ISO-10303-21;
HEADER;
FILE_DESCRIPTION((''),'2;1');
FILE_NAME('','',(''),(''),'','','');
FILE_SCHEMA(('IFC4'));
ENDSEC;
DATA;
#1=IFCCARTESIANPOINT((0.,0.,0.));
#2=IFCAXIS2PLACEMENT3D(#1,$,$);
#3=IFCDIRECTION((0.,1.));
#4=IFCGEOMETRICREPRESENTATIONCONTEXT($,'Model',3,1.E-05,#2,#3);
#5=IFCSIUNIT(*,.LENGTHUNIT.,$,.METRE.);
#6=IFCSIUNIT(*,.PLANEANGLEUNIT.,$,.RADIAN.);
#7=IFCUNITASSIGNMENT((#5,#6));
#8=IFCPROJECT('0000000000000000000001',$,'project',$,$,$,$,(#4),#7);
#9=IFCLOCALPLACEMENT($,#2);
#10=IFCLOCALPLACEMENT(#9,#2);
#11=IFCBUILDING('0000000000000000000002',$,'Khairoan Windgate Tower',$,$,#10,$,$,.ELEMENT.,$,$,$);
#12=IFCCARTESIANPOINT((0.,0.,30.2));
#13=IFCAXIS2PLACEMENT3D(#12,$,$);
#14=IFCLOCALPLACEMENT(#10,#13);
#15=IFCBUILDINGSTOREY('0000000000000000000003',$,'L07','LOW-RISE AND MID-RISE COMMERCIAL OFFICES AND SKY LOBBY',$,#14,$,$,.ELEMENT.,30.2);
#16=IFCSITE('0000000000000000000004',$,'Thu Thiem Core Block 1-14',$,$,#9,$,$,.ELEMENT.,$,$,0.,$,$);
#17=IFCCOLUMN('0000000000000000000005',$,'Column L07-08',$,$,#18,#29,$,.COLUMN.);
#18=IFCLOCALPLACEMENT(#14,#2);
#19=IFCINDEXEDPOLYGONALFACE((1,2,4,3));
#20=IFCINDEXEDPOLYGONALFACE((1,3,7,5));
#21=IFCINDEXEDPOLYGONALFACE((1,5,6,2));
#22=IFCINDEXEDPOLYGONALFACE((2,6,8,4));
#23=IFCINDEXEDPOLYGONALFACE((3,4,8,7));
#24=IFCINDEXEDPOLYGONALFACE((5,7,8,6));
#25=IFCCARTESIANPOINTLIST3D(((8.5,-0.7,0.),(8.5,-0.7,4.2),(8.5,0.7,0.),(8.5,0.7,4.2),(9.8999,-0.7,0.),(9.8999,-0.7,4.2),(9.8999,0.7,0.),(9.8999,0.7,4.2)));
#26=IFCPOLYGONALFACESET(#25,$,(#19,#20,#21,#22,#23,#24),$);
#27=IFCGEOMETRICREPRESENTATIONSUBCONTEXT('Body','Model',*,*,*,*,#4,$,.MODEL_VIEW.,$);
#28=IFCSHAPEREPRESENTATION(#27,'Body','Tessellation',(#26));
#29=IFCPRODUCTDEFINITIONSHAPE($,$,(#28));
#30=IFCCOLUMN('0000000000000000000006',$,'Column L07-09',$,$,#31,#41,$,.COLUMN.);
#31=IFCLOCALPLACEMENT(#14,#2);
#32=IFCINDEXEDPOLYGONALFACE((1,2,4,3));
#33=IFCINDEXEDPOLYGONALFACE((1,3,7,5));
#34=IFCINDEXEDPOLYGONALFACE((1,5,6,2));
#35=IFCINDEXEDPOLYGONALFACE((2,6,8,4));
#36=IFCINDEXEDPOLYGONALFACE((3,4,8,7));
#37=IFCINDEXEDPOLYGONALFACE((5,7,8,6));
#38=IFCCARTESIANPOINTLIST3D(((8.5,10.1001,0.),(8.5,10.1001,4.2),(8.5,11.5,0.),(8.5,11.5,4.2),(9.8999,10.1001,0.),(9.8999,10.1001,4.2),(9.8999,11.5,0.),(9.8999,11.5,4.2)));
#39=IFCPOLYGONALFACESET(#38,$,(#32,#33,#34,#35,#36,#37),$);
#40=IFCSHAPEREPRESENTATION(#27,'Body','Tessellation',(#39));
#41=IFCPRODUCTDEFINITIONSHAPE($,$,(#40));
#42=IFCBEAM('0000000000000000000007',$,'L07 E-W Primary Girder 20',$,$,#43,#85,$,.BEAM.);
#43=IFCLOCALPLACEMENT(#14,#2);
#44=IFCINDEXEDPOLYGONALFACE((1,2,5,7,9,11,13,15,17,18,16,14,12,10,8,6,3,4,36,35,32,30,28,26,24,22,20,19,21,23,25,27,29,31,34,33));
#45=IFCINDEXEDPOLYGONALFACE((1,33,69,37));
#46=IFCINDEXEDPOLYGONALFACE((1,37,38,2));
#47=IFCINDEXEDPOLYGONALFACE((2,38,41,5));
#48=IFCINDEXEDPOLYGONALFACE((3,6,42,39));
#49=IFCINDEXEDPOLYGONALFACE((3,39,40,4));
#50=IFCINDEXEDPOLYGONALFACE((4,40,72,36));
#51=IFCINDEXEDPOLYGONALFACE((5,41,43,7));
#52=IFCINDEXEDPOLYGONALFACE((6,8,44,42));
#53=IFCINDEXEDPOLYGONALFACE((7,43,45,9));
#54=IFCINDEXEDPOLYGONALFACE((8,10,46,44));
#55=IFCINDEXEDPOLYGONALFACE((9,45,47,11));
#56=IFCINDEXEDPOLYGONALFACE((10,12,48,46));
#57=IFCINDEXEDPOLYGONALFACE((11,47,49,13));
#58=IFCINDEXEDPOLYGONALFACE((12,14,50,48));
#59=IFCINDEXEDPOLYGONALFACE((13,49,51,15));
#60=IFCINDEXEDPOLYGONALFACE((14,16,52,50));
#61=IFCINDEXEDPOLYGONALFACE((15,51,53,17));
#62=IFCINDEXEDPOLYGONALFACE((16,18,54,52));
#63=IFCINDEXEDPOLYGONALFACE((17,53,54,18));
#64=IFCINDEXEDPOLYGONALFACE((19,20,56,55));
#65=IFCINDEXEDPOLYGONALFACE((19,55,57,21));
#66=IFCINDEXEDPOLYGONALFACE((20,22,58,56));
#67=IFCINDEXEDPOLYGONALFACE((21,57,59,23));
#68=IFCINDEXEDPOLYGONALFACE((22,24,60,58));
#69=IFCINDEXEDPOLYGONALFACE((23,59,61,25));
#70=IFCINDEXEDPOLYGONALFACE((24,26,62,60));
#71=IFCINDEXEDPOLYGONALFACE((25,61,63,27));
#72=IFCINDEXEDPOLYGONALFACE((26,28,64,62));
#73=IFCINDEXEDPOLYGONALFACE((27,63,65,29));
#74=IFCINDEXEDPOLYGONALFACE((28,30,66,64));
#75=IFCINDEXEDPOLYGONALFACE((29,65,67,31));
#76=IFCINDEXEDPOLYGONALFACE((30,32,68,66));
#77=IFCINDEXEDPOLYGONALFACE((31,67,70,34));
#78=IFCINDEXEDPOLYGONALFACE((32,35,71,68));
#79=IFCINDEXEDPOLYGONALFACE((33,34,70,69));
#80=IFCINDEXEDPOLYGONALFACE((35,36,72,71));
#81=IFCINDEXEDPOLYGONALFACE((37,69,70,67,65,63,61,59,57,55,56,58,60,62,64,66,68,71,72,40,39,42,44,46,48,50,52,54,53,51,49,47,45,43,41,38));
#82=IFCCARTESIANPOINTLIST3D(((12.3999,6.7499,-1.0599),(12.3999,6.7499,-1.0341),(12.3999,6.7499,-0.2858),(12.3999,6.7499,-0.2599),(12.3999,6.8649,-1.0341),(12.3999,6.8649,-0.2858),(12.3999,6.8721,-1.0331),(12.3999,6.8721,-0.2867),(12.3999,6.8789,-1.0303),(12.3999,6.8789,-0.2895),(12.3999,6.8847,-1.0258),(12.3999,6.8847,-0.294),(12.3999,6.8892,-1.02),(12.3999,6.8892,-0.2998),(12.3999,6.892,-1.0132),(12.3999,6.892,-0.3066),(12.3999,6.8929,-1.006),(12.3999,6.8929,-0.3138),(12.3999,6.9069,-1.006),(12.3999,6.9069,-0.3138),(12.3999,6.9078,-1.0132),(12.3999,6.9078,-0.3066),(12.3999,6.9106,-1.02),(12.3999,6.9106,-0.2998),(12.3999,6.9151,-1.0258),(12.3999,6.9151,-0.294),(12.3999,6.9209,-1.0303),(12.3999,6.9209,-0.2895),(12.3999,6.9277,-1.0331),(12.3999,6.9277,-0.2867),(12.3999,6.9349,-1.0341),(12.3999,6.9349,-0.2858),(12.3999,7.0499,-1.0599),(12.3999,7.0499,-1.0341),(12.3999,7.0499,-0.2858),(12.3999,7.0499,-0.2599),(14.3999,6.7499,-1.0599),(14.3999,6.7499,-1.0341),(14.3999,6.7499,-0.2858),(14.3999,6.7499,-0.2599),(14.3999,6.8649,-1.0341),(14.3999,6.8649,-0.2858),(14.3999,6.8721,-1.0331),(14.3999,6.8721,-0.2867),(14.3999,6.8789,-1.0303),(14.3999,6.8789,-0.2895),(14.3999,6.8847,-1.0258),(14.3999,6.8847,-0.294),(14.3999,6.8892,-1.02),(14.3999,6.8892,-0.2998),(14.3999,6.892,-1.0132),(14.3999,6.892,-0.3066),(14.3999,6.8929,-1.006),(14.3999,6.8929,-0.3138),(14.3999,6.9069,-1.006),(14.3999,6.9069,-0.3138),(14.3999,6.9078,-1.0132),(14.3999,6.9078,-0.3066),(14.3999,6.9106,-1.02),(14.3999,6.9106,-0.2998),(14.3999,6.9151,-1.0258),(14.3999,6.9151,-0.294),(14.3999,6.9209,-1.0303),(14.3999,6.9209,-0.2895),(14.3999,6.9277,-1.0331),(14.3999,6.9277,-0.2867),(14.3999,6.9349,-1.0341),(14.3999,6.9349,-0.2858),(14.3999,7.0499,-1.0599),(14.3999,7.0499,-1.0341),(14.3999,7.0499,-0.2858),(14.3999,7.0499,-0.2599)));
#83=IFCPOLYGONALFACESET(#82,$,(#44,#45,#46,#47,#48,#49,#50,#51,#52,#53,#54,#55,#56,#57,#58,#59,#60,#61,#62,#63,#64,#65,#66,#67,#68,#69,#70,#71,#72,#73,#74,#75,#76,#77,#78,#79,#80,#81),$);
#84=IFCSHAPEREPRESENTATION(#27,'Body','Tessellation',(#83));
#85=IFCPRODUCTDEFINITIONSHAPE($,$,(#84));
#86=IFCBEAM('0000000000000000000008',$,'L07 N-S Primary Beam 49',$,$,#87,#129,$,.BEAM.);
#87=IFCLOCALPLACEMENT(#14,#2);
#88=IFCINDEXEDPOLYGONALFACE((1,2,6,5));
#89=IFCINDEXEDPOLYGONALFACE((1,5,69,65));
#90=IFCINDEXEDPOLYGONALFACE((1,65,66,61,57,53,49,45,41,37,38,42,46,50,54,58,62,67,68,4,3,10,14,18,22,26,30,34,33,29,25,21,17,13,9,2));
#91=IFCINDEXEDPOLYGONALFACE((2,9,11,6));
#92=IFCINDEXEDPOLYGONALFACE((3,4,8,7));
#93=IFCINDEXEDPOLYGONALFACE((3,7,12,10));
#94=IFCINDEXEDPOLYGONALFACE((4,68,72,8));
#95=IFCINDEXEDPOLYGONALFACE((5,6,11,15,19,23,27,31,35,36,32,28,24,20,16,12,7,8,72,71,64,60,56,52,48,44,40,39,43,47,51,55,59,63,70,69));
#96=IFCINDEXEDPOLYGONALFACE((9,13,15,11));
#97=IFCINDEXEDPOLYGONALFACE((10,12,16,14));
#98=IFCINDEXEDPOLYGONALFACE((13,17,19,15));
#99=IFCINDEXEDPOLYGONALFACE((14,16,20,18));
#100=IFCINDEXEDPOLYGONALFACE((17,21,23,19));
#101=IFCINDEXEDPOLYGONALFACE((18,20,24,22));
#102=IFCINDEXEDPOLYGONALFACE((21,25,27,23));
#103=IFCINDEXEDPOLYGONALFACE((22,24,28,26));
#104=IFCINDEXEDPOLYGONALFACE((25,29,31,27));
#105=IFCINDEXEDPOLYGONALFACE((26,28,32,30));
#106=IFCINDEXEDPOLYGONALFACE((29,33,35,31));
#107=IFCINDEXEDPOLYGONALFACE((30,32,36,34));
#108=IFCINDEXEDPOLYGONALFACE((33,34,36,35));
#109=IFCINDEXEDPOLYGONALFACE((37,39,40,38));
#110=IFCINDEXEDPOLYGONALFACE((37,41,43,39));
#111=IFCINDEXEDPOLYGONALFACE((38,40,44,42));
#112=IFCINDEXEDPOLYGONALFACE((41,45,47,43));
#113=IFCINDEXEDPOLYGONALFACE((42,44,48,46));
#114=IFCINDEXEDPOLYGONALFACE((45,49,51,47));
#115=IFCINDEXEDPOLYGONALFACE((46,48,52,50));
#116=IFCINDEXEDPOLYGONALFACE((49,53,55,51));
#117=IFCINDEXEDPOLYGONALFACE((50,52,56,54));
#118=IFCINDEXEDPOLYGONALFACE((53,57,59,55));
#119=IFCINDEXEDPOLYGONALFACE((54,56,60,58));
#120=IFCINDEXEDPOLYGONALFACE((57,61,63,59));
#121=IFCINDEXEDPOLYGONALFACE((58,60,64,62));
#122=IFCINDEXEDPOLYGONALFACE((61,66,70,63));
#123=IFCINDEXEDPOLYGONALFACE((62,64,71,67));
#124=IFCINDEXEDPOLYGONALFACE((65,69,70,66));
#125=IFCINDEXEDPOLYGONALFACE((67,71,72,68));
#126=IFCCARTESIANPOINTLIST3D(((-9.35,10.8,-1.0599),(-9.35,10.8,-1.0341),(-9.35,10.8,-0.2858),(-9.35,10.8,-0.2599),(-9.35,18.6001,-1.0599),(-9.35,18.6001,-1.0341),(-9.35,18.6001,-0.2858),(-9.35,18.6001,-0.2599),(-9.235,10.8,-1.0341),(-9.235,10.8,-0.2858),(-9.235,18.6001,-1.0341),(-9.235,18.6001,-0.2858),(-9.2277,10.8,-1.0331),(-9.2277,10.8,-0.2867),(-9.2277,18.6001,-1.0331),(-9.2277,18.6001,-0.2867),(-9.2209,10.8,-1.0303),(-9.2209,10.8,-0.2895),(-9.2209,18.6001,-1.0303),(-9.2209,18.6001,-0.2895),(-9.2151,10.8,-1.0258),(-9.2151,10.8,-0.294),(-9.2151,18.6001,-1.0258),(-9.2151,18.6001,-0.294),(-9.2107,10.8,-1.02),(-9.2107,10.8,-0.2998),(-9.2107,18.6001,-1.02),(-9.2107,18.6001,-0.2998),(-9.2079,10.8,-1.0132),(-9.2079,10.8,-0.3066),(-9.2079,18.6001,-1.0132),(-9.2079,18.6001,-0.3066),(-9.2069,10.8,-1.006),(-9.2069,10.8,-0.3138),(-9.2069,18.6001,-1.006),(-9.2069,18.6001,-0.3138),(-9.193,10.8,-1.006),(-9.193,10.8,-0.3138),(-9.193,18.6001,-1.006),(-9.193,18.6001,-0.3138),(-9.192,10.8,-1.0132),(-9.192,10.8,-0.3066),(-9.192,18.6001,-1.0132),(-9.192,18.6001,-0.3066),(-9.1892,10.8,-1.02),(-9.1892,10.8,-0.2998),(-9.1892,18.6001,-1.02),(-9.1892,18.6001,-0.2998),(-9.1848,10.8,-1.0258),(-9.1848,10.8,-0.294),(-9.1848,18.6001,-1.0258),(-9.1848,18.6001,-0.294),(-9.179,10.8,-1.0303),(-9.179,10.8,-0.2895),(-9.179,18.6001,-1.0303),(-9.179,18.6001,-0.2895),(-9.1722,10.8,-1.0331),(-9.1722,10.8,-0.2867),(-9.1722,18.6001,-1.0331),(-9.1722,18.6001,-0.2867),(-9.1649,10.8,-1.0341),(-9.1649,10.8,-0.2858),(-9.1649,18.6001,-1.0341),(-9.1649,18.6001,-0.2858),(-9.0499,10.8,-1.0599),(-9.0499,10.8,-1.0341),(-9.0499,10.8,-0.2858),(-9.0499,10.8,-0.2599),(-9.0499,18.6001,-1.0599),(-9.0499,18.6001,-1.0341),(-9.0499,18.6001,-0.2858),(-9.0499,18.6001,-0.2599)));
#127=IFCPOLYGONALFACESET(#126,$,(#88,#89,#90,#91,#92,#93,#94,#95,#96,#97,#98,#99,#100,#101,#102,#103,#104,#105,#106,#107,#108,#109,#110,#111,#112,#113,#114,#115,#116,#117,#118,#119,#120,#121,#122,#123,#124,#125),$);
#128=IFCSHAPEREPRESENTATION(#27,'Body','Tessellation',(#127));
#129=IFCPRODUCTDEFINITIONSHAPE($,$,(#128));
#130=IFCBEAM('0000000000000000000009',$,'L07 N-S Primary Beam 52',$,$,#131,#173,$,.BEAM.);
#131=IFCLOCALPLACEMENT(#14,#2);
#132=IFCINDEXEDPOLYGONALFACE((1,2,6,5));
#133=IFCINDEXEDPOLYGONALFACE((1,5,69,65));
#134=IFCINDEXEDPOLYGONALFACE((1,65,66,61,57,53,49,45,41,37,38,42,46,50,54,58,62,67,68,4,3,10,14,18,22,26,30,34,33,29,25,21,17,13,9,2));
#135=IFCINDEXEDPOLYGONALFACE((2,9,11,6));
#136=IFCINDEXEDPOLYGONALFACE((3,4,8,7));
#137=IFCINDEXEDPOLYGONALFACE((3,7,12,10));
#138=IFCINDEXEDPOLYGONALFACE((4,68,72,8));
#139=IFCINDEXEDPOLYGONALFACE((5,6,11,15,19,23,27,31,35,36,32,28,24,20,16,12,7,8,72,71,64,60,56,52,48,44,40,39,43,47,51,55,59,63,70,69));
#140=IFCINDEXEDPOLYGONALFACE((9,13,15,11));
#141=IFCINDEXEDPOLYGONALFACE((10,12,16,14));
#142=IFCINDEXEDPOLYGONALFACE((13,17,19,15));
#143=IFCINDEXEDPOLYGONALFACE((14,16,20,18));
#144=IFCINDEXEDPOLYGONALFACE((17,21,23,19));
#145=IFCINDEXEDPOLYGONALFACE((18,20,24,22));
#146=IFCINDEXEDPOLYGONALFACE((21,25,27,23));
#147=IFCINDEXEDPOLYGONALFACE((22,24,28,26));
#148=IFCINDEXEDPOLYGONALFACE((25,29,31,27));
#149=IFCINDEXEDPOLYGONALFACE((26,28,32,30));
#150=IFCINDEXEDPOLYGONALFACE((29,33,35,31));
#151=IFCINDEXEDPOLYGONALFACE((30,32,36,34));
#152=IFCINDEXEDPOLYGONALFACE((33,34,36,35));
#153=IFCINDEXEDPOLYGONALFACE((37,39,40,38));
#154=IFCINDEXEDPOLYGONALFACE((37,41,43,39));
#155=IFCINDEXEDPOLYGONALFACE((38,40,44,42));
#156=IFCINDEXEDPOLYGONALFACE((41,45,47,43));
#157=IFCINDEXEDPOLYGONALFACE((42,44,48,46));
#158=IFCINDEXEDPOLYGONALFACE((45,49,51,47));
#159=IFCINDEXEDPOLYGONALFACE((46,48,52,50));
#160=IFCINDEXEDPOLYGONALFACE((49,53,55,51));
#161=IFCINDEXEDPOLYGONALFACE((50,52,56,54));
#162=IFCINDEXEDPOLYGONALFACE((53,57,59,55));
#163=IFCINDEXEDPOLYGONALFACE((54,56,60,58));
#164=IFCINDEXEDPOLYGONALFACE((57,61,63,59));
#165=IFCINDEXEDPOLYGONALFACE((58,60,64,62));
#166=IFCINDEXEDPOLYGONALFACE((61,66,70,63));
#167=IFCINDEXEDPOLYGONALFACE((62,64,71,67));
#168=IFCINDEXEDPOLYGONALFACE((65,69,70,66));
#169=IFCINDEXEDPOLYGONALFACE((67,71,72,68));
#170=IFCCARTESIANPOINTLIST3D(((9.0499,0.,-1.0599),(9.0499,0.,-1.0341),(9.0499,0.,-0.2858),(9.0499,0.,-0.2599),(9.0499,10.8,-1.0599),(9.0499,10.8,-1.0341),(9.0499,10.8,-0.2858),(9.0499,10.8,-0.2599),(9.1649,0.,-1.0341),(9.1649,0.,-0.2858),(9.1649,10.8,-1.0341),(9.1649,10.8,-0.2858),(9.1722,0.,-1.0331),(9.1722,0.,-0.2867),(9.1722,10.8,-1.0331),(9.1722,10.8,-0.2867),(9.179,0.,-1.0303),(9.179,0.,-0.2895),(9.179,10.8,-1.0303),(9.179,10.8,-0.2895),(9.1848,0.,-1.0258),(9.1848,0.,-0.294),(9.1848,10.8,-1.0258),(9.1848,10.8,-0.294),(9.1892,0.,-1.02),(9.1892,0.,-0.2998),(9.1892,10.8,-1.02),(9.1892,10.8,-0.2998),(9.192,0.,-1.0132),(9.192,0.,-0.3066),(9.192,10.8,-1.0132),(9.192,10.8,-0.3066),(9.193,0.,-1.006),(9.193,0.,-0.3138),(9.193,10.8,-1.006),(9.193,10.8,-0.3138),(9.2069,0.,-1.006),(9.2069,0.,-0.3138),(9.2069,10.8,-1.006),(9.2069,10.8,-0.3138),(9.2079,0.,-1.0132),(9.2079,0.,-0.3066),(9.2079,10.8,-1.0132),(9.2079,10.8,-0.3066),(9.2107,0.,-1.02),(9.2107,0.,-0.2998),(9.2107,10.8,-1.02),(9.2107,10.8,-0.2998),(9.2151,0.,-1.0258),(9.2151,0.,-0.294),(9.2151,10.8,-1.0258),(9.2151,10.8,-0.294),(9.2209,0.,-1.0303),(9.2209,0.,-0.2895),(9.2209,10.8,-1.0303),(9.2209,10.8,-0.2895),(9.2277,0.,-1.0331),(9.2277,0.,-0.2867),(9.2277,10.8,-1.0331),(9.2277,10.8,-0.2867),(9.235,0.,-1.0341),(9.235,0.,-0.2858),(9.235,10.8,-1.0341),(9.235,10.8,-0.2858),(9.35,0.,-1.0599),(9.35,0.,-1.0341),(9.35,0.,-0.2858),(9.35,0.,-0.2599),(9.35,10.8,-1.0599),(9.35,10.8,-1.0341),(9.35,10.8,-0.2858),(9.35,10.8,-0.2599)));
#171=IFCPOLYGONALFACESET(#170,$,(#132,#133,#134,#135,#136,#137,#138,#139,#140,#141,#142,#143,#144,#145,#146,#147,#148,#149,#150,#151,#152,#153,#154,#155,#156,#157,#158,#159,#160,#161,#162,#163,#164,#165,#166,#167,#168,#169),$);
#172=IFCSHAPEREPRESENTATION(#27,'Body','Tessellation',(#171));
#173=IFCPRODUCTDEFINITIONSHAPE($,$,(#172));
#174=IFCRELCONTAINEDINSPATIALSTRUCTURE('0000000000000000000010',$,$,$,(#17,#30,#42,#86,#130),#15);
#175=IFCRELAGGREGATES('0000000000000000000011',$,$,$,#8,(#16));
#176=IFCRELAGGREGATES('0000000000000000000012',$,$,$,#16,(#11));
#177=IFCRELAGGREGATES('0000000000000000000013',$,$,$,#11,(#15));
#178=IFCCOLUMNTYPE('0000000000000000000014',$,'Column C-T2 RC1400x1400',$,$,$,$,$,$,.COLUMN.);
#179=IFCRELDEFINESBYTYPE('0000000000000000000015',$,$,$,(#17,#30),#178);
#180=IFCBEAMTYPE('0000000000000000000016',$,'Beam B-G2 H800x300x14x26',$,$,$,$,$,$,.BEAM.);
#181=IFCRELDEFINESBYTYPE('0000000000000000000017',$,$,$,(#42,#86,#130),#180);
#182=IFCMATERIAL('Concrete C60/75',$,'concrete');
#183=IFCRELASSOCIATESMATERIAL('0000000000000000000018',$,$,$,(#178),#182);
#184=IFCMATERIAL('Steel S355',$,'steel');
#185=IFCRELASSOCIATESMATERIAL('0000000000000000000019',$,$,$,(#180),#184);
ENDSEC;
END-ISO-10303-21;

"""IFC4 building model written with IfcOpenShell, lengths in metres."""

from ifc_helpers import new_model, si_unit, direction, frame, origin, origin_2d, place, context, subcontext, project, spatial, rectangle, i_section, extrude, material, material_profile, profile_set, type_object, element, save


model = new_model("IFC4")

# Units and contexts
model_context = context("Model", 3, precision=1e-05, world=origin(), true_north=direction((0.0, 1.0)))
body_context = subcontext(model_context, "Body", "Model", "MODEL_VIEW")
ifc_project = project(units=[si_unit("LENGTHUNIT", "METRE"), si_unit("PLANEANGLEUNIT", "RADIAN")], contexts=[model_context])

# Site, building, storey
site_placement = place(None, origin())
site = spatial("IfcSite", under=ifc_project, at=site_placement, Name="Thu Thiem Core Block 1-14", CompositionType="ELEMENT", RefElevation=0.0)
building_placement = place(site_placement, origin())
building = spatial("IfcBuilding", under=site, at=building_placement, Name="Khairoan Windgate Tower", CompositionType="ELEMENT")
storey_placement = place(building_placement, frame((0.0, 0.0, 30.2)))
storey = spatial("IfcBuildingStorey", under=building, at=storey_placement, Name="L07", Description="LOW-RISE AND MID-RISE COMMERCIAL OFFICES AND SKY LOBBY", CompositionType="ELEMENT", Elevation=30.2)

# Columns
ifc_material_1 = material(Name="Concrete C60/75", Category="concrete")
ifc_material_profile_1 = material_profile(ifc_material_1, rectangle(XDim=1.3999, YDim=1.3999, at=origin_2d()))
ifc_profile_set_1 = profile_set([ifc_material_profile_1], Name="Concrete C60/75")
column_type = type_object("IfcColumnType", Name="Column C-T2 RC1400x1400", PredefinedType="COLUMN", material=ifc_profile_set_1)
for number, where, z_axis, x_axis, name in (
    (1, (9.2, 0.0, 0.0), (0.0, 0.0, 1.0), (1.0, 0.0, 0.0), "Column L07-08"),
    (2, (9.2, 10.8, 0.0), (0.0, 0.0, 1.0), (1.0, 0.0, 0.0), "Column L07-09"),
):
    element("IfcColumn", number, at=place(storey_placement, frame(where, z_axis=z_axis, x_axis=x_axis)), inside=storey, type_object=column_type, Name=name, PredefinedType="COLUMN", context=body_context, shape_type="SweptSolid", body=[
        extrude(rectangle(XDim=1.3999, YDim=1.3999, at=origin_2d()), origin(), (0.0, 0.0, 1.0), 4.2),
    ])

# Beams
ifc_material_2 = material(Name="Steel S355", Category="steel")
ifc_material_profile_2 = material_profile(ifc_material_2, i_section(OverallWidth=0.3, OverallDepth=0.8, WebThickness=0.0139, FlangeThickness=0.0259, FilletRadius=0.0281, at=origin_2d()))
ifc_profile_set_2 = profile_set([ifc_material_profile_2], Name="Steel S355")
beam_type_1 = type_object("IfcBeamType", Name="Beam B-G2 H800x300x14x26", PredefinedType="BEAM", material=ifc_profile_set_2)
beam_1_placement = place(storey_placement, frame((12.3999, 6.8999, -0.6599), z_axis=(1.0, 0.0, 0.0), x_axis=(0.0, 1.0, 0.0)))
element("IfcBeam", 3, at=beam_1_placement, inside=storey, type_object=beam_type_1, Name="L07 E-W Primary Girder 20", PredefinedType="BEAM", context=body_context, shape_type="SweptSolid", body=[
    extrude(i_section(OverallWidth=0.3, OverallDepth=0.8, WebThickness=0.0139, FlangeThickness=0.0259, FilletRadius=0.0281, at=origin_2d()), origin(), (0.0, 0.0, 1.0), 2.0),
])
beam_2_placement = place(storey_placement, frame((-9.2, 10.8, -0.6599), z_axis=(0.0, 1.0, 0.0), x_axis=(-1.0, 0.0, 0.0)))
element("IfcBeam", 4, at=beam_2_placement, inside=storey, type_object=beam_type_1, Name="L07 N-S Primary Beam 49", PredefinedType="BEAM", context=body_context, shape_type="SweptSolid", body=[
    extrude(i_section(OverallWidth=0.3, OverallDepth=0.8, WebThickness=0.0139, FlangeThickness=0.0259, FilletRadius=0.0281, at=origin_2d()), origin(), (0.0, 0.0, 1.0), 7.8),
])
beam_3_placement = place(storey_placement, frame((9.2, 0.0, -0.6599), z_axis=(0.0, 1.0, 0.0), x_axis=(-1.0, 0.0, 0.0)))
element("IfcBeam", 5, at=beam_3_placement, inside=storey, type_object=beam_type_1, Name="L07 N-S Primary Beam 52", PredefinedType="BEAM", context=body_context, shape_type="SweptSolid", body=[
    extrude(i_section(OverallWidth=0.3, OverallDepth=0.8, WebThickness=0.0139, FlangeThickness=0.0259, FilletRadius=0.0281, at=origin_2d()), origin(), (0.0, 0.0, 1.0), 10.8),
])

save(model, "model.ifc")
